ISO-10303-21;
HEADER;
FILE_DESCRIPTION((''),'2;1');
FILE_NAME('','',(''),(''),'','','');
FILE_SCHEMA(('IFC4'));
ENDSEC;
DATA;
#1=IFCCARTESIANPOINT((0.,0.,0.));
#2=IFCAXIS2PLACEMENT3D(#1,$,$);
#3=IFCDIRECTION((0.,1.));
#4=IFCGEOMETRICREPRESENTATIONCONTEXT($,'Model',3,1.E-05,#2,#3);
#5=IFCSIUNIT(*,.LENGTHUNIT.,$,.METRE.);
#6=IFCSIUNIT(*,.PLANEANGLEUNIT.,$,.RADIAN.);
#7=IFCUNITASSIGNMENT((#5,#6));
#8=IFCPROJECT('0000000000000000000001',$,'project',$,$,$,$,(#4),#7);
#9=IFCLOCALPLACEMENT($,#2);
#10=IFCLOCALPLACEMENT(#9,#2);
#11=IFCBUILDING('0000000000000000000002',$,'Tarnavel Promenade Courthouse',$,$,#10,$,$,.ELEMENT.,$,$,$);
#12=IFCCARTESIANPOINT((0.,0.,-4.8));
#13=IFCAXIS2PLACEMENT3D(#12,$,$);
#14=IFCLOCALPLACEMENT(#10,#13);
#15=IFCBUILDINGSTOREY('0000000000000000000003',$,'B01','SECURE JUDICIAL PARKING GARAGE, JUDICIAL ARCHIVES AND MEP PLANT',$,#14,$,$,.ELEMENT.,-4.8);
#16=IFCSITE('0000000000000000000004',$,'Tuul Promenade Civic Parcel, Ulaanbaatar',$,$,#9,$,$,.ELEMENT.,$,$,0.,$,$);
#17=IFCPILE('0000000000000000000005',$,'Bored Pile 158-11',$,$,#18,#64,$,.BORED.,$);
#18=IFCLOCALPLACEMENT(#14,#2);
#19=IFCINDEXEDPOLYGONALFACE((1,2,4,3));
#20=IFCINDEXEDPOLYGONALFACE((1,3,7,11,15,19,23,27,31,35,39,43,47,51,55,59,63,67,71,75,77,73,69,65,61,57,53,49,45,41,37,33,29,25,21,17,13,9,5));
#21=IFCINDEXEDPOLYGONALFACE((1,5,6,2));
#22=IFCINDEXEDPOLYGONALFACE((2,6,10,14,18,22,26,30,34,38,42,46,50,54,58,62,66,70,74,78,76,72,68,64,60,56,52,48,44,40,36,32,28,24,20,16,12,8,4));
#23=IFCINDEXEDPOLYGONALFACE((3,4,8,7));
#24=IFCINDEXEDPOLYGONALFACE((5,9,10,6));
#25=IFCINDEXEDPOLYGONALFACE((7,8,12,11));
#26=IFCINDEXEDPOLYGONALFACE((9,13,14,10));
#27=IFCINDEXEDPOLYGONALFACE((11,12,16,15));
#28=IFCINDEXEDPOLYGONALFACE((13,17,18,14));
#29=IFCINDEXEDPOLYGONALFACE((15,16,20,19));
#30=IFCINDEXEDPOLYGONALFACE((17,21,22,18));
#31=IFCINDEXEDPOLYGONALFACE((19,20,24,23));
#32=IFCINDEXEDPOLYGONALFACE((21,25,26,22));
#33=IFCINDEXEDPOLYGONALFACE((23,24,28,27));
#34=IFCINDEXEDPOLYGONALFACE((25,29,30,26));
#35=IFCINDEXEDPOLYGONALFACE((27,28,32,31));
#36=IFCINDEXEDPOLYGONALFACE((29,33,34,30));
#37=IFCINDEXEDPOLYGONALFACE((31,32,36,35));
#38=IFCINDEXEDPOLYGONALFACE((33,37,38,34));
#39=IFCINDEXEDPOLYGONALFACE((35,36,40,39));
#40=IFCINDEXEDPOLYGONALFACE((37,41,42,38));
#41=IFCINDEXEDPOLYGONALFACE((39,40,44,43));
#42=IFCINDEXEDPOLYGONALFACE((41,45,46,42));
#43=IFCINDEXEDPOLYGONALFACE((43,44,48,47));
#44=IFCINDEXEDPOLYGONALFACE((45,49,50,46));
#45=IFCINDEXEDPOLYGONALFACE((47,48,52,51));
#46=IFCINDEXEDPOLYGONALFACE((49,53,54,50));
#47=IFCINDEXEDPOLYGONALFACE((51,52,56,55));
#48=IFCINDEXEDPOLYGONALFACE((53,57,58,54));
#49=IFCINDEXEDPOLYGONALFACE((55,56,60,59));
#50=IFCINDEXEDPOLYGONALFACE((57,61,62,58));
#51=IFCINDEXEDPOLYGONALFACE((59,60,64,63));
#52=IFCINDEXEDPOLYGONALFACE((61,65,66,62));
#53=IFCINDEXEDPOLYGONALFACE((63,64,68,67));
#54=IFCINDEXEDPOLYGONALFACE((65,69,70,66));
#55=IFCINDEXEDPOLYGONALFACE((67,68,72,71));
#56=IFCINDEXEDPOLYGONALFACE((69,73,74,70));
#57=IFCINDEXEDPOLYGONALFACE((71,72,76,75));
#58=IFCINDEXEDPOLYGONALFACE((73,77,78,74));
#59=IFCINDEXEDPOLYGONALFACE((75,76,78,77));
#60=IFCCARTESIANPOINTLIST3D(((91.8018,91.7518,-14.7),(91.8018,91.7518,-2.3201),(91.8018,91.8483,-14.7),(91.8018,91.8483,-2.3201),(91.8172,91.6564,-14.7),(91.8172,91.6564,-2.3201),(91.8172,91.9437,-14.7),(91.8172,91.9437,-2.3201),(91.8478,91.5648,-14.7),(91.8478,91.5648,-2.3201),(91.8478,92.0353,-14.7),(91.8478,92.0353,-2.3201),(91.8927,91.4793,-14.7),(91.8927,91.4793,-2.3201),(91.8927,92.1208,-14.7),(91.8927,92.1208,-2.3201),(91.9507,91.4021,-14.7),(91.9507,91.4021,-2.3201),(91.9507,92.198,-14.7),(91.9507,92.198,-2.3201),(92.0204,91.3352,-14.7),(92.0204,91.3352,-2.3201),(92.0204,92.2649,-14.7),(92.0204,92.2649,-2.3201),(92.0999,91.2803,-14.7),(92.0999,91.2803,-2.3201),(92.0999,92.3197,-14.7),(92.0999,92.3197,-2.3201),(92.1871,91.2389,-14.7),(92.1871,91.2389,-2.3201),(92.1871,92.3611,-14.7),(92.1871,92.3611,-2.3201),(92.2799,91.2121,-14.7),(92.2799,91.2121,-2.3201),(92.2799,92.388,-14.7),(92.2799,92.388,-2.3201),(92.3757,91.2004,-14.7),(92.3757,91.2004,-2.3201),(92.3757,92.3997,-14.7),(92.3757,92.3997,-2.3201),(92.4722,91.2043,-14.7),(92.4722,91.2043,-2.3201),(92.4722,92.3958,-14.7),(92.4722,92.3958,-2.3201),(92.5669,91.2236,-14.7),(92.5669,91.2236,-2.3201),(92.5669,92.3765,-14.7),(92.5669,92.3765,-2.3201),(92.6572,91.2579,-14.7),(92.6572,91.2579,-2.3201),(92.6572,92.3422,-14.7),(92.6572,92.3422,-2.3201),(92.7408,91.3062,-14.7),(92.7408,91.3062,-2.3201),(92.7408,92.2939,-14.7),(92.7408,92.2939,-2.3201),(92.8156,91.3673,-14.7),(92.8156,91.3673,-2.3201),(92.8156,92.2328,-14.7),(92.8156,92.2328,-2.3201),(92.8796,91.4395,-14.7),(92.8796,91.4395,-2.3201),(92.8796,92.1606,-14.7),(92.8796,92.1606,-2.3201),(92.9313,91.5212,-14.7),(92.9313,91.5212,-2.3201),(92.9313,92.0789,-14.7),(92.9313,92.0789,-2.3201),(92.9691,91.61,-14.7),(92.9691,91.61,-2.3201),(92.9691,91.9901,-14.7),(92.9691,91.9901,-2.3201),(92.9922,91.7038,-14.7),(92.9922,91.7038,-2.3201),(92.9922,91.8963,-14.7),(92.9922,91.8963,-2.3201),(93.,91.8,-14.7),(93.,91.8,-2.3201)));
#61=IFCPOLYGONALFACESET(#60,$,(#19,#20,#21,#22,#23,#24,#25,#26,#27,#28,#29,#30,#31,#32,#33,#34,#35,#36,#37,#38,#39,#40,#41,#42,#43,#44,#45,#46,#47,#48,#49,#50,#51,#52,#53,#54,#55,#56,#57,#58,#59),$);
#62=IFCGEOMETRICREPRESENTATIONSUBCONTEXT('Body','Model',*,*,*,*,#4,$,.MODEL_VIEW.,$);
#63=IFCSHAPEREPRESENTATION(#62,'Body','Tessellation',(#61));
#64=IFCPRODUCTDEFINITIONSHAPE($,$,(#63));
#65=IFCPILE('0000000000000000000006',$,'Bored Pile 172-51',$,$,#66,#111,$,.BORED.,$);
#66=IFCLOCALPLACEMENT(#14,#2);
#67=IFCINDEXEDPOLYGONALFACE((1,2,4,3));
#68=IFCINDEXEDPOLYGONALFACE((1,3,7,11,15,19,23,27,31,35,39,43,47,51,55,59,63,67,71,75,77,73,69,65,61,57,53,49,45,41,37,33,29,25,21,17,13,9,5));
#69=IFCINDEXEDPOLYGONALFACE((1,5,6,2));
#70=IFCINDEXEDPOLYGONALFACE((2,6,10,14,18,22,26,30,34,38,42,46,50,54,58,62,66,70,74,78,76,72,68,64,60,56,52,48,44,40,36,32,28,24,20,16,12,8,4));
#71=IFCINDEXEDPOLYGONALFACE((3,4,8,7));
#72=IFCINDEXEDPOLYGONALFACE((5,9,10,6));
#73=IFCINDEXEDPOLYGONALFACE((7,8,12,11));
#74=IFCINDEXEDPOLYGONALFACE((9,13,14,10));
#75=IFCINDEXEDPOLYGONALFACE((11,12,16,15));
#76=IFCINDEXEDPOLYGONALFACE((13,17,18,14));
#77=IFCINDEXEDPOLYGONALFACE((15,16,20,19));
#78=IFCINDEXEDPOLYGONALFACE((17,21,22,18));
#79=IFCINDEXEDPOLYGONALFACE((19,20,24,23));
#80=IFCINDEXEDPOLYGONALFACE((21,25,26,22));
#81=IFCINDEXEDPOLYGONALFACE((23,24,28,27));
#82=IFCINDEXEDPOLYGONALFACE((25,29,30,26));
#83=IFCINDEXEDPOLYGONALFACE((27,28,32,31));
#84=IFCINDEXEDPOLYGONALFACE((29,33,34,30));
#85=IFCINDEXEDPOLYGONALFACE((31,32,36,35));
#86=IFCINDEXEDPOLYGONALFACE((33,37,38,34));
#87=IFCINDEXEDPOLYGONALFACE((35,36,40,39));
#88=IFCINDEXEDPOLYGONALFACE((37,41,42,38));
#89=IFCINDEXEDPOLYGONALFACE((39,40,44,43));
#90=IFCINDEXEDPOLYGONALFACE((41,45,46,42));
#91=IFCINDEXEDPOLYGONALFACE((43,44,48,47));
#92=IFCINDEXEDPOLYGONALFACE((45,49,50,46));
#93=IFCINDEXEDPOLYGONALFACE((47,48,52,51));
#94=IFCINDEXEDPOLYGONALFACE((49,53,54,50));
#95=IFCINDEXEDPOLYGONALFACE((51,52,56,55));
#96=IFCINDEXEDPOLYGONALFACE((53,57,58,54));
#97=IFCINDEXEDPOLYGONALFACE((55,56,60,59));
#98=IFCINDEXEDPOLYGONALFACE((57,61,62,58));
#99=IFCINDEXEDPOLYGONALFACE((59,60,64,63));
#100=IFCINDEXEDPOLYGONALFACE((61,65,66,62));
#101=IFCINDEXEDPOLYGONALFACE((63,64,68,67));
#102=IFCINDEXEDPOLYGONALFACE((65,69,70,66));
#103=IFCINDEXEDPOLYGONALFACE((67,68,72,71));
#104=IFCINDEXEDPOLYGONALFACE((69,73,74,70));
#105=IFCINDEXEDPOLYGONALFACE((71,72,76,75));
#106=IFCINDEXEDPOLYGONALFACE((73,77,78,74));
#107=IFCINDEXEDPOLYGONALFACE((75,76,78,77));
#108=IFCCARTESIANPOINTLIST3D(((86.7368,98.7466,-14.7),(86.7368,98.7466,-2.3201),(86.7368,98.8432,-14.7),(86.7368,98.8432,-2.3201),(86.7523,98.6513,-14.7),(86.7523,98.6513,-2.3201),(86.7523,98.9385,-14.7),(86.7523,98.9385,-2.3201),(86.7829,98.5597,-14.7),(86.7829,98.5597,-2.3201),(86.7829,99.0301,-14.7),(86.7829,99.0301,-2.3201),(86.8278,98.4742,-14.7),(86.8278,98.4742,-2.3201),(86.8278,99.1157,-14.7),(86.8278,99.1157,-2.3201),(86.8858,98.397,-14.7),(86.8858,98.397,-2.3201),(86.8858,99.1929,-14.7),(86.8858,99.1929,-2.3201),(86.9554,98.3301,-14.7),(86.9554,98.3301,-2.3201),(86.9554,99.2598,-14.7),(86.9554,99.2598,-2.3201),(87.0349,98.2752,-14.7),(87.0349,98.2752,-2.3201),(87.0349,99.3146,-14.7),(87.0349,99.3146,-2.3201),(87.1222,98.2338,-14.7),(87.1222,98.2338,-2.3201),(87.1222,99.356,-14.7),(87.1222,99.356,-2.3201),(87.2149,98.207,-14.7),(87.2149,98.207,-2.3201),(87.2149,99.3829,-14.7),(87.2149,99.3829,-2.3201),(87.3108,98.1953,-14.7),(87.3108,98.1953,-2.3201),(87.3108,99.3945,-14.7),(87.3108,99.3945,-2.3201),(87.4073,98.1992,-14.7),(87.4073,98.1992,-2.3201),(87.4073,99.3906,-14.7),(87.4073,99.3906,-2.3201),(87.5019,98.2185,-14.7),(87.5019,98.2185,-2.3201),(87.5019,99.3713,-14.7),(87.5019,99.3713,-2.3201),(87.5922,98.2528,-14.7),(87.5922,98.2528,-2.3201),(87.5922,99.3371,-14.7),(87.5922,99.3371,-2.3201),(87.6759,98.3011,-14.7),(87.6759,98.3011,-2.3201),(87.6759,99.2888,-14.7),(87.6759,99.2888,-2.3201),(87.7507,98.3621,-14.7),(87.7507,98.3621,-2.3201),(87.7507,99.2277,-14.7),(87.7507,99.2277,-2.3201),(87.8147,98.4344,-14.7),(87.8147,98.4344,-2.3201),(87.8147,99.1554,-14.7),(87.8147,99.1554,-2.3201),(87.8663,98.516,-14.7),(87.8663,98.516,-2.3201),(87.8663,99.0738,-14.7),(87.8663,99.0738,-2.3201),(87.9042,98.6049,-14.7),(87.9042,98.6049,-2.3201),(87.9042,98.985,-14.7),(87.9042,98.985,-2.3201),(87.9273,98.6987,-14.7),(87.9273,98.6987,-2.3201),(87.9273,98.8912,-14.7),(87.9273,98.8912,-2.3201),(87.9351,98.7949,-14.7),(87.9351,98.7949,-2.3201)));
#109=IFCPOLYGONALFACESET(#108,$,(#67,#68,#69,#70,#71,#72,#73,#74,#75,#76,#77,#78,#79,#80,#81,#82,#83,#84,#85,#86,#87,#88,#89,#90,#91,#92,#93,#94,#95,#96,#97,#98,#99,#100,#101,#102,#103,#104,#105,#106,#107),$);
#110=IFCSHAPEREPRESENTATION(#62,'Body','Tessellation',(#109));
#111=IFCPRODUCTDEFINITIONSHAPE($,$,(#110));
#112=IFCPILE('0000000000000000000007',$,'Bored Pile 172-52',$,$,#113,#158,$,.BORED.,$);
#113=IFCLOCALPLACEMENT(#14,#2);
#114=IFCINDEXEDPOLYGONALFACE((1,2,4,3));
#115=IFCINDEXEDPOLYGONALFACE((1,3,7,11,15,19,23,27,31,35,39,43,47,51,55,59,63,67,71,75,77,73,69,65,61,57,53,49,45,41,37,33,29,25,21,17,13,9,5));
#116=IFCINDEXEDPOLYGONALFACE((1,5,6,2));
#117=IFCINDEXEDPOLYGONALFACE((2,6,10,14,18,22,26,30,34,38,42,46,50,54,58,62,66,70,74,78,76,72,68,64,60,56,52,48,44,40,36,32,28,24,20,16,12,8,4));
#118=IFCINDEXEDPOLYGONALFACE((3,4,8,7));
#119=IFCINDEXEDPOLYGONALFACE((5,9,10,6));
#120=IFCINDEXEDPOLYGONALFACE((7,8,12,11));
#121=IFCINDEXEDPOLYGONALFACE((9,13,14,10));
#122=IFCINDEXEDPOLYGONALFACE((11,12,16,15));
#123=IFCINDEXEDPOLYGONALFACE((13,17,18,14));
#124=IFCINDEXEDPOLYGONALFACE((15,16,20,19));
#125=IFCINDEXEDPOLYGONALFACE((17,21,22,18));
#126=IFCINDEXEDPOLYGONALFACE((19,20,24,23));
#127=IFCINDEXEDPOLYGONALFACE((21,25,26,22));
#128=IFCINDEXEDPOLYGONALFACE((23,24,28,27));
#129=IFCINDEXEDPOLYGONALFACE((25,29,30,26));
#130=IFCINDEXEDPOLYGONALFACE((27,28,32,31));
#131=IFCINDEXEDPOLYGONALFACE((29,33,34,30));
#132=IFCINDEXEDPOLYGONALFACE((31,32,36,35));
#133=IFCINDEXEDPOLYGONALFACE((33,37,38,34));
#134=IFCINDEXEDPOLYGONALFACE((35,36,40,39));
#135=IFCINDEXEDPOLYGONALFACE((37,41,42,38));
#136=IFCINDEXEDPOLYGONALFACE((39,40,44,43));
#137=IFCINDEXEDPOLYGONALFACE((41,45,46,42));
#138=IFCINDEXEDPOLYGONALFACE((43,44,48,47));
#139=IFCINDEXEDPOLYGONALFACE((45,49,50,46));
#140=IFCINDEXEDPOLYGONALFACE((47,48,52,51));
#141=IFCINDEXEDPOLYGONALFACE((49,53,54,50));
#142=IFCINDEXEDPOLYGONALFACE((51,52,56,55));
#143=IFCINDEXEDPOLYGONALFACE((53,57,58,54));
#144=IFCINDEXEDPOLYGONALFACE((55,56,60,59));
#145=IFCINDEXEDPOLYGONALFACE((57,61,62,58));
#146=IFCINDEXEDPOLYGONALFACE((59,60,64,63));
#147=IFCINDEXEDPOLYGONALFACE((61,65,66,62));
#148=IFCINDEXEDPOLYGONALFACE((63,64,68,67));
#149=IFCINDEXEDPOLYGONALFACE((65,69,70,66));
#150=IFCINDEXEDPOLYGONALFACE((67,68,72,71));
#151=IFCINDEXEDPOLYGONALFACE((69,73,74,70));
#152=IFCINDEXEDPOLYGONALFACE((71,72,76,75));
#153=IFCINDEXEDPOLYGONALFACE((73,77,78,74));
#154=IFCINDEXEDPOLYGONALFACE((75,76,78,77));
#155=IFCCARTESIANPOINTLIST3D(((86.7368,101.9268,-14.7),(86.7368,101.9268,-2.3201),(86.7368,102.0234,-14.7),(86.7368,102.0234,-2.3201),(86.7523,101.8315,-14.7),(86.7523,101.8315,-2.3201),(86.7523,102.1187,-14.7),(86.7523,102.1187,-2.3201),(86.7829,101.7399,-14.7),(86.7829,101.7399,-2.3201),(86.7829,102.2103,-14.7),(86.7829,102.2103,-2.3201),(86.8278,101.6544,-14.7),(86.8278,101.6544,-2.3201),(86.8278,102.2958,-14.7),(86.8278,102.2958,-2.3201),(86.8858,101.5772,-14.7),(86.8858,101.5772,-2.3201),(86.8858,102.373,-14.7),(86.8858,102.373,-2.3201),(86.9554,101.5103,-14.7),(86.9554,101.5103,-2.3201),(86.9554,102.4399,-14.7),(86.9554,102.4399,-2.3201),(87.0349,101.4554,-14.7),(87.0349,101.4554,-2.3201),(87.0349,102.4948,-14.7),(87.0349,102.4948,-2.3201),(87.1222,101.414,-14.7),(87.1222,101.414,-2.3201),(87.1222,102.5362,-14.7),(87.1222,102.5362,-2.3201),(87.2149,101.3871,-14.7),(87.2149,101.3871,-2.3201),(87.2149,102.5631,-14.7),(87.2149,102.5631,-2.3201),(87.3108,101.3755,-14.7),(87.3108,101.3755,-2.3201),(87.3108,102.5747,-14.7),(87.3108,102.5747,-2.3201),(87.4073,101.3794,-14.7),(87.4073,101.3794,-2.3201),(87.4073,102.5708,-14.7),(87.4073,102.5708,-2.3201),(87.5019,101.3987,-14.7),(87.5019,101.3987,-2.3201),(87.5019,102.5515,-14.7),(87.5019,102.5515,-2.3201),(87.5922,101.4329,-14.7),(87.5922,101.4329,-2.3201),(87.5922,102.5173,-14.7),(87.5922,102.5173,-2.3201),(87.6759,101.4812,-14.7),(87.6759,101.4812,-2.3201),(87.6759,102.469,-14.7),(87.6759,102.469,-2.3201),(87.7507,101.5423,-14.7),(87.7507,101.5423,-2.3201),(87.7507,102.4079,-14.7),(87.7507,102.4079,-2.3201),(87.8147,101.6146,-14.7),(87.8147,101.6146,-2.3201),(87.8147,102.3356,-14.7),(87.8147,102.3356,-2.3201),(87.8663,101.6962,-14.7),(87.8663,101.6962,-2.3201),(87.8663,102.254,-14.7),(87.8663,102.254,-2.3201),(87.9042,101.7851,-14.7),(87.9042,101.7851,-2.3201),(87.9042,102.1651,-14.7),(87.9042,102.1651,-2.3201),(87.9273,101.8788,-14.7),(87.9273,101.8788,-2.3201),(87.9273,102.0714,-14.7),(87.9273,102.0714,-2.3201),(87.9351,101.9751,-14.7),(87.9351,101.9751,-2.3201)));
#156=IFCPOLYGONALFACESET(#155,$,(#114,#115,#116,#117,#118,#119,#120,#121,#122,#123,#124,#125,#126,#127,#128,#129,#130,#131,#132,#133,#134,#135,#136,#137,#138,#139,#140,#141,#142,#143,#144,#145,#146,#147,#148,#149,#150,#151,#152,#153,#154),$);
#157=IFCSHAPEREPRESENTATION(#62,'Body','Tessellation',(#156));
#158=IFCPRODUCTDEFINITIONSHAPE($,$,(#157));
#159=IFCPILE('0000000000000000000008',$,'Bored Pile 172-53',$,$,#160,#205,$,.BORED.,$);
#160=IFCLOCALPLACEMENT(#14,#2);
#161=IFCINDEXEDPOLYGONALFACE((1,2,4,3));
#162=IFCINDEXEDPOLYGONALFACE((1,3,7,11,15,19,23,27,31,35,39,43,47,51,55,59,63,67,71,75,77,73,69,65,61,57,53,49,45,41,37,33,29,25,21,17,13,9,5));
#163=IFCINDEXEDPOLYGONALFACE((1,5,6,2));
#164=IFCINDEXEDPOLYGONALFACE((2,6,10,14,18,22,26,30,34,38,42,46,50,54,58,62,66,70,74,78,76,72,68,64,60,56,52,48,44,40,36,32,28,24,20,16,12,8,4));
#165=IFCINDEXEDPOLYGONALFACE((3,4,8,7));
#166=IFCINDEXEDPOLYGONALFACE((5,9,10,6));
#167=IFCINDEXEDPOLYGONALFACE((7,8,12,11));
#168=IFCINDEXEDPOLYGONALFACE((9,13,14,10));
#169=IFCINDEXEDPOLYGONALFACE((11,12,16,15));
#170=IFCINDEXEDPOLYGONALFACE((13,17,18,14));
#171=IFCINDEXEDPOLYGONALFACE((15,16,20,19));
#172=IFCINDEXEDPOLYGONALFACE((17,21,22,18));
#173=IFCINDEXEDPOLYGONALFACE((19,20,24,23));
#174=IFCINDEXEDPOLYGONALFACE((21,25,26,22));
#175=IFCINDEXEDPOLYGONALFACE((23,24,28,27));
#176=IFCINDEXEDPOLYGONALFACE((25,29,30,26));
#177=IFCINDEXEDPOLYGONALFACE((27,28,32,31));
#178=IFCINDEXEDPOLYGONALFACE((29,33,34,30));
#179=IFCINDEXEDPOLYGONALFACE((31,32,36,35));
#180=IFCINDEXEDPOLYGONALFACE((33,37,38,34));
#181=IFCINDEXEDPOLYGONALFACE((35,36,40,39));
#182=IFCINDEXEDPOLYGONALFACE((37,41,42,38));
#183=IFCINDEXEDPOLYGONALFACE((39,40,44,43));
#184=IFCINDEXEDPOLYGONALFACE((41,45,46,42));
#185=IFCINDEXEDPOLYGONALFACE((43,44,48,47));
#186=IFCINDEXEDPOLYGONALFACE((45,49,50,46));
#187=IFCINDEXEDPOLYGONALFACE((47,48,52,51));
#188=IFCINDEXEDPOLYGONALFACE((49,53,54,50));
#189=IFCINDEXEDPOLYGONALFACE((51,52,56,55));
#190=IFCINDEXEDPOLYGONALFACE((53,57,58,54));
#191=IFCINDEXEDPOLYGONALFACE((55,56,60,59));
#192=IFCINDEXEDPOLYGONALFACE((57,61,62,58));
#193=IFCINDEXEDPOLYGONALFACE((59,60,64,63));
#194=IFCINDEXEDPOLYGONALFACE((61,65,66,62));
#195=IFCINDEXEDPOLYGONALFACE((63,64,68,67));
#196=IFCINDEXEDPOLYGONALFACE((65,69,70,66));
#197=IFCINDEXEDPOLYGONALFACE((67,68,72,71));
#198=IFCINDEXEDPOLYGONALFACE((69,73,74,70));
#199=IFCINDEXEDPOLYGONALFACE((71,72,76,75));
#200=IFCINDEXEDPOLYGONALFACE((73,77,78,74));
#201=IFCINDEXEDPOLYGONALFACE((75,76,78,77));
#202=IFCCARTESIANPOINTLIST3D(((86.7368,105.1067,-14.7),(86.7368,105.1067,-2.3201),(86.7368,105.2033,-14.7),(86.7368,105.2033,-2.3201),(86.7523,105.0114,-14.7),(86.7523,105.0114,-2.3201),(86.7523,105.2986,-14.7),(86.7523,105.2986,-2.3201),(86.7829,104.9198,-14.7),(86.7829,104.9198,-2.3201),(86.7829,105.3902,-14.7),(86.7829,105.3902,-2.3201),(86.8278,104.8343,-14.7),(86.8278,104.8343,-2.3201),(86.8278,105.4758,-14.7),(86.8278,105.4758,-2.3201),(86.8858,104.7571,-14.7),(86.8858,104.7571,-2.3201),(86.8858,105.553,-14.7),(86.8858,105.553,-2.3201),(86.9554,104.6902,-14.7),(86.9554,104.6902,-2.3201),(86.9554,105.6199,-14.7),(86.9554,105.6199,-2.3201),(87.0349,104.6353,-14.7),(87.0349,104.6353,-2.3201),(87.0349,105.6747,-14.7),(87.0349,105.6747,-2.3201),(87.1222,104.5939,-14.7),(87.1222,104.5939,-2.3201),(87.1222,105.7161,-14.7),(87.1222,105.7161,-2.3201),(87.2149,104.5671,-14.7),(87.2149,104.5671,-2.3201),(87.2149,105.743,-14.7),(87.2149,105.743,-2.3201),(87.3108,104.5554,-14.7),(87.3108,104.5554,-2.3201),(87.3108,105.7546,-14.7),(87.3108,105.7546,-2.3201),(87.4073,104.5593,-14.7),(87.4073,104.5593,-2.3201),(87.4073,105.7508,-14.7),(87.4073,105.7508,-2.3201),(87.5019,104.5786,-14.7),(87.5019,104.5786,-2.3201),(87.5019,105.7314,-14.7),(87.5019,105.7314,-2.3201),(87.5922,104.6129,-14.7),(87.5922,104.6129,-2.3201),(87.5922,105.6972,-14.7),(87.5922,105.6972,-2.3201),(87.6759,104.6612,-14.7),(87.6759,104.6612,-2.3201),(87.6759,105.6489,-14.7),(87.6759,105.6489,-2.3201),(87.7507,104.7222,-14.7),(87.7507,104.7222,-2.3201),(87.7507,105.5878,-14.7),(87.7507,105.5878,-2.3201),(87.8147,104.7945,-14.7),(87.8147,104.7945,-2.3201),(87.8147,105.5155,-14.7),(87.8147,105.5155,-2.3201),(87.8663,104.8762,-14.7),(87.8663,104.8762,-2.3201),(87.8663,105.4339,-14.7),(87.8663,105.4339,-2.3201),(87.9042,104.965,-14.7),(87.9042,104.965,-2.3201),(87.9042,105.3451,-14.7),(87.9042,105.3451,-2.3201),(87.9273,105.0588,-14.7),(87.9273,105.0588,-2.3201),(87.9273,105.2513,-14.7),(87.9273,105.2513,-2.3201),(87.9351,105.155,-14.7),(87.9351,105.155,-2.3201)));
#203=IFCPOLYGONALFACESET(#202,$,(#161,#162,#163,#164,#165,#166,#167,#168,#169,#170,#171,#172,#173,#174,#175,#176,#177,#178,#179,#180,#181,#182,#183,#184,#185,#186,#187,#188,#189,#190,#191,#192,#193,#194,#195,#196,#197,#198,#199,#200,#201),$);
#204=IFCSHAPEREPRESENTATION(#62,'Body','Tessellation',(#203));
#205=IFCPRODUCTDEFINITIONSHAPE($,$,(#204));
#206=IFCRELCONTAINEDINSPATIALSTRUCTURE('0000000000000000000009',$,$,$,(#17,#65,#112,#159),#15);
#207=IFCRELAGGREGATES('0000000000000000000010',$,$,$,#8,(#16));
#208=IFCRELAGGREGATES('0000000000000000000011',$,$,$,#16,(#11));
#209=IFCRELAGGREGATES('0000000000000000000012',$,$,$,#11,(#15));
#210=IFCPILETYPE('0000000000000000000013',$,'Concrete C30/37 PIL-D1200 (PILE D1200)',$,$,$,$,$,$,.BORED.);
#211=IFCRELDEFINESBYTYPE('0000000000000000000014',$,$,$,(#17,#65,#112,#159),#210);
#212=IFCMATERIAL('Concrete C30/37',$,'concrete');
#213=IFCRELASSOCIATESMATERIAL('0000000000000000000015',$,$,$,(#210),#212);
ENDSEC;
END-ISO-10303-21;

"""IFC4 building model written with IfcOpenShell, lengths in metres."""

from ifc_helpers import new_model, si_unit, direction, frame, origin, origin_2d, place, context, subcontext, project, spatial, circle, extrude, material, material_profile, profile_set, type_object, element, save


model = new_model("IFC4")

# Units and contexts
model_context = context("Model", 3, precision=1e-05, world=origin(), true_north=direction((0.0, 1.0)))
body_context = subcontext(model_context, "Body", "Model", "MODEL_VIEW")
ifc_project = project(units=[si_unit("LENGTHUNIT", "METRE"), si_unit("PLANEANGLEUNIT", "RADIAN")], contexts=[model_context])

# Site, building, storey
site_placement = place(None, origin())
site = spatial("IfcSite", under=ifc_project, at=site_placement, Name="Tuul Promenade Civic Parcel, Ulaanbaatar", CompositionType="ELEMENT", RefElevation=0.0)
building_placement = place(site_placement, origin())
building = spatial("IfcBuilding", under=site, at=building_placement, Name="Tarnavel Promenade Courthouse", CompositionType="ELEMENT")
storey_placement = place(building_placement, frame((0.0, 0.0, -4.8)))
storey = spatial("IfcBuildingStorey", under=building, at=storey_placement, Name="B01", Description="SECURE JUDICIAL PARKING GARAGE, JUDICIAL ARCHIVES AND MEP PLANT", CompositionType="ELEMENT", Elevation=-4.8)

# Piles
ifc_material_1 = material(Name="Concrete C30/37", Category="concrete")
ifc_material_profile_1 = material_profile(ifc_material_1, circle(Radius=0.6001, at=origin_2d()), Name="PILE D1200")
ifc_profile_set_1 = profile_set([ifc_material_profile_1], Name="Concrete C30/37")
pile_type_1 = type_object("IfcPileType", Name="Concrete C30/37 PIL-D1200 (PILE D1200)", PredefinedType="BORED", material=ifc_profile_set_1)
for number, where, z_axis, x_axis, name in (
    (1, (92.3999, 91.8, -2.3201), (0.0, 0.0, -1.0), (1.0, 0.0, 0.0), "Bored Pile 158-11"),
    (2, (87.335, 98.7949, -2.3201), (0.0, 0.0, -1.0), (1.0, 0.0, 0.0), "Bored Pile 172-51"),
    (3, (87.335, 101.9751, -2.3201), (0.0, 0.0, -1.0), (1.0, 0.0, 0.0), "Bored Pile 172-52"),
    (4, (87.335, 105.155, -2.3201), (0.0, 0.0, -1.0), (1.0, 0.0, 0.0), "Bored Pile 172-53"),
):
    element("IfcPile", number, at=place(storey_placement, frame(where, z_axis=z_axis, x_axis=x_axis)), inside=storey, type_object=pile_type_1, Name=name, PredefinedType="BORED", context=body_context, shape_type="SweptSolid", body=[
        extrude(circle(Radius=0.6001, at=origin_2d()), origin(), (0.0, 0.0, 1.0), 12.3799),
    ])

save(model, "model.ifc")
